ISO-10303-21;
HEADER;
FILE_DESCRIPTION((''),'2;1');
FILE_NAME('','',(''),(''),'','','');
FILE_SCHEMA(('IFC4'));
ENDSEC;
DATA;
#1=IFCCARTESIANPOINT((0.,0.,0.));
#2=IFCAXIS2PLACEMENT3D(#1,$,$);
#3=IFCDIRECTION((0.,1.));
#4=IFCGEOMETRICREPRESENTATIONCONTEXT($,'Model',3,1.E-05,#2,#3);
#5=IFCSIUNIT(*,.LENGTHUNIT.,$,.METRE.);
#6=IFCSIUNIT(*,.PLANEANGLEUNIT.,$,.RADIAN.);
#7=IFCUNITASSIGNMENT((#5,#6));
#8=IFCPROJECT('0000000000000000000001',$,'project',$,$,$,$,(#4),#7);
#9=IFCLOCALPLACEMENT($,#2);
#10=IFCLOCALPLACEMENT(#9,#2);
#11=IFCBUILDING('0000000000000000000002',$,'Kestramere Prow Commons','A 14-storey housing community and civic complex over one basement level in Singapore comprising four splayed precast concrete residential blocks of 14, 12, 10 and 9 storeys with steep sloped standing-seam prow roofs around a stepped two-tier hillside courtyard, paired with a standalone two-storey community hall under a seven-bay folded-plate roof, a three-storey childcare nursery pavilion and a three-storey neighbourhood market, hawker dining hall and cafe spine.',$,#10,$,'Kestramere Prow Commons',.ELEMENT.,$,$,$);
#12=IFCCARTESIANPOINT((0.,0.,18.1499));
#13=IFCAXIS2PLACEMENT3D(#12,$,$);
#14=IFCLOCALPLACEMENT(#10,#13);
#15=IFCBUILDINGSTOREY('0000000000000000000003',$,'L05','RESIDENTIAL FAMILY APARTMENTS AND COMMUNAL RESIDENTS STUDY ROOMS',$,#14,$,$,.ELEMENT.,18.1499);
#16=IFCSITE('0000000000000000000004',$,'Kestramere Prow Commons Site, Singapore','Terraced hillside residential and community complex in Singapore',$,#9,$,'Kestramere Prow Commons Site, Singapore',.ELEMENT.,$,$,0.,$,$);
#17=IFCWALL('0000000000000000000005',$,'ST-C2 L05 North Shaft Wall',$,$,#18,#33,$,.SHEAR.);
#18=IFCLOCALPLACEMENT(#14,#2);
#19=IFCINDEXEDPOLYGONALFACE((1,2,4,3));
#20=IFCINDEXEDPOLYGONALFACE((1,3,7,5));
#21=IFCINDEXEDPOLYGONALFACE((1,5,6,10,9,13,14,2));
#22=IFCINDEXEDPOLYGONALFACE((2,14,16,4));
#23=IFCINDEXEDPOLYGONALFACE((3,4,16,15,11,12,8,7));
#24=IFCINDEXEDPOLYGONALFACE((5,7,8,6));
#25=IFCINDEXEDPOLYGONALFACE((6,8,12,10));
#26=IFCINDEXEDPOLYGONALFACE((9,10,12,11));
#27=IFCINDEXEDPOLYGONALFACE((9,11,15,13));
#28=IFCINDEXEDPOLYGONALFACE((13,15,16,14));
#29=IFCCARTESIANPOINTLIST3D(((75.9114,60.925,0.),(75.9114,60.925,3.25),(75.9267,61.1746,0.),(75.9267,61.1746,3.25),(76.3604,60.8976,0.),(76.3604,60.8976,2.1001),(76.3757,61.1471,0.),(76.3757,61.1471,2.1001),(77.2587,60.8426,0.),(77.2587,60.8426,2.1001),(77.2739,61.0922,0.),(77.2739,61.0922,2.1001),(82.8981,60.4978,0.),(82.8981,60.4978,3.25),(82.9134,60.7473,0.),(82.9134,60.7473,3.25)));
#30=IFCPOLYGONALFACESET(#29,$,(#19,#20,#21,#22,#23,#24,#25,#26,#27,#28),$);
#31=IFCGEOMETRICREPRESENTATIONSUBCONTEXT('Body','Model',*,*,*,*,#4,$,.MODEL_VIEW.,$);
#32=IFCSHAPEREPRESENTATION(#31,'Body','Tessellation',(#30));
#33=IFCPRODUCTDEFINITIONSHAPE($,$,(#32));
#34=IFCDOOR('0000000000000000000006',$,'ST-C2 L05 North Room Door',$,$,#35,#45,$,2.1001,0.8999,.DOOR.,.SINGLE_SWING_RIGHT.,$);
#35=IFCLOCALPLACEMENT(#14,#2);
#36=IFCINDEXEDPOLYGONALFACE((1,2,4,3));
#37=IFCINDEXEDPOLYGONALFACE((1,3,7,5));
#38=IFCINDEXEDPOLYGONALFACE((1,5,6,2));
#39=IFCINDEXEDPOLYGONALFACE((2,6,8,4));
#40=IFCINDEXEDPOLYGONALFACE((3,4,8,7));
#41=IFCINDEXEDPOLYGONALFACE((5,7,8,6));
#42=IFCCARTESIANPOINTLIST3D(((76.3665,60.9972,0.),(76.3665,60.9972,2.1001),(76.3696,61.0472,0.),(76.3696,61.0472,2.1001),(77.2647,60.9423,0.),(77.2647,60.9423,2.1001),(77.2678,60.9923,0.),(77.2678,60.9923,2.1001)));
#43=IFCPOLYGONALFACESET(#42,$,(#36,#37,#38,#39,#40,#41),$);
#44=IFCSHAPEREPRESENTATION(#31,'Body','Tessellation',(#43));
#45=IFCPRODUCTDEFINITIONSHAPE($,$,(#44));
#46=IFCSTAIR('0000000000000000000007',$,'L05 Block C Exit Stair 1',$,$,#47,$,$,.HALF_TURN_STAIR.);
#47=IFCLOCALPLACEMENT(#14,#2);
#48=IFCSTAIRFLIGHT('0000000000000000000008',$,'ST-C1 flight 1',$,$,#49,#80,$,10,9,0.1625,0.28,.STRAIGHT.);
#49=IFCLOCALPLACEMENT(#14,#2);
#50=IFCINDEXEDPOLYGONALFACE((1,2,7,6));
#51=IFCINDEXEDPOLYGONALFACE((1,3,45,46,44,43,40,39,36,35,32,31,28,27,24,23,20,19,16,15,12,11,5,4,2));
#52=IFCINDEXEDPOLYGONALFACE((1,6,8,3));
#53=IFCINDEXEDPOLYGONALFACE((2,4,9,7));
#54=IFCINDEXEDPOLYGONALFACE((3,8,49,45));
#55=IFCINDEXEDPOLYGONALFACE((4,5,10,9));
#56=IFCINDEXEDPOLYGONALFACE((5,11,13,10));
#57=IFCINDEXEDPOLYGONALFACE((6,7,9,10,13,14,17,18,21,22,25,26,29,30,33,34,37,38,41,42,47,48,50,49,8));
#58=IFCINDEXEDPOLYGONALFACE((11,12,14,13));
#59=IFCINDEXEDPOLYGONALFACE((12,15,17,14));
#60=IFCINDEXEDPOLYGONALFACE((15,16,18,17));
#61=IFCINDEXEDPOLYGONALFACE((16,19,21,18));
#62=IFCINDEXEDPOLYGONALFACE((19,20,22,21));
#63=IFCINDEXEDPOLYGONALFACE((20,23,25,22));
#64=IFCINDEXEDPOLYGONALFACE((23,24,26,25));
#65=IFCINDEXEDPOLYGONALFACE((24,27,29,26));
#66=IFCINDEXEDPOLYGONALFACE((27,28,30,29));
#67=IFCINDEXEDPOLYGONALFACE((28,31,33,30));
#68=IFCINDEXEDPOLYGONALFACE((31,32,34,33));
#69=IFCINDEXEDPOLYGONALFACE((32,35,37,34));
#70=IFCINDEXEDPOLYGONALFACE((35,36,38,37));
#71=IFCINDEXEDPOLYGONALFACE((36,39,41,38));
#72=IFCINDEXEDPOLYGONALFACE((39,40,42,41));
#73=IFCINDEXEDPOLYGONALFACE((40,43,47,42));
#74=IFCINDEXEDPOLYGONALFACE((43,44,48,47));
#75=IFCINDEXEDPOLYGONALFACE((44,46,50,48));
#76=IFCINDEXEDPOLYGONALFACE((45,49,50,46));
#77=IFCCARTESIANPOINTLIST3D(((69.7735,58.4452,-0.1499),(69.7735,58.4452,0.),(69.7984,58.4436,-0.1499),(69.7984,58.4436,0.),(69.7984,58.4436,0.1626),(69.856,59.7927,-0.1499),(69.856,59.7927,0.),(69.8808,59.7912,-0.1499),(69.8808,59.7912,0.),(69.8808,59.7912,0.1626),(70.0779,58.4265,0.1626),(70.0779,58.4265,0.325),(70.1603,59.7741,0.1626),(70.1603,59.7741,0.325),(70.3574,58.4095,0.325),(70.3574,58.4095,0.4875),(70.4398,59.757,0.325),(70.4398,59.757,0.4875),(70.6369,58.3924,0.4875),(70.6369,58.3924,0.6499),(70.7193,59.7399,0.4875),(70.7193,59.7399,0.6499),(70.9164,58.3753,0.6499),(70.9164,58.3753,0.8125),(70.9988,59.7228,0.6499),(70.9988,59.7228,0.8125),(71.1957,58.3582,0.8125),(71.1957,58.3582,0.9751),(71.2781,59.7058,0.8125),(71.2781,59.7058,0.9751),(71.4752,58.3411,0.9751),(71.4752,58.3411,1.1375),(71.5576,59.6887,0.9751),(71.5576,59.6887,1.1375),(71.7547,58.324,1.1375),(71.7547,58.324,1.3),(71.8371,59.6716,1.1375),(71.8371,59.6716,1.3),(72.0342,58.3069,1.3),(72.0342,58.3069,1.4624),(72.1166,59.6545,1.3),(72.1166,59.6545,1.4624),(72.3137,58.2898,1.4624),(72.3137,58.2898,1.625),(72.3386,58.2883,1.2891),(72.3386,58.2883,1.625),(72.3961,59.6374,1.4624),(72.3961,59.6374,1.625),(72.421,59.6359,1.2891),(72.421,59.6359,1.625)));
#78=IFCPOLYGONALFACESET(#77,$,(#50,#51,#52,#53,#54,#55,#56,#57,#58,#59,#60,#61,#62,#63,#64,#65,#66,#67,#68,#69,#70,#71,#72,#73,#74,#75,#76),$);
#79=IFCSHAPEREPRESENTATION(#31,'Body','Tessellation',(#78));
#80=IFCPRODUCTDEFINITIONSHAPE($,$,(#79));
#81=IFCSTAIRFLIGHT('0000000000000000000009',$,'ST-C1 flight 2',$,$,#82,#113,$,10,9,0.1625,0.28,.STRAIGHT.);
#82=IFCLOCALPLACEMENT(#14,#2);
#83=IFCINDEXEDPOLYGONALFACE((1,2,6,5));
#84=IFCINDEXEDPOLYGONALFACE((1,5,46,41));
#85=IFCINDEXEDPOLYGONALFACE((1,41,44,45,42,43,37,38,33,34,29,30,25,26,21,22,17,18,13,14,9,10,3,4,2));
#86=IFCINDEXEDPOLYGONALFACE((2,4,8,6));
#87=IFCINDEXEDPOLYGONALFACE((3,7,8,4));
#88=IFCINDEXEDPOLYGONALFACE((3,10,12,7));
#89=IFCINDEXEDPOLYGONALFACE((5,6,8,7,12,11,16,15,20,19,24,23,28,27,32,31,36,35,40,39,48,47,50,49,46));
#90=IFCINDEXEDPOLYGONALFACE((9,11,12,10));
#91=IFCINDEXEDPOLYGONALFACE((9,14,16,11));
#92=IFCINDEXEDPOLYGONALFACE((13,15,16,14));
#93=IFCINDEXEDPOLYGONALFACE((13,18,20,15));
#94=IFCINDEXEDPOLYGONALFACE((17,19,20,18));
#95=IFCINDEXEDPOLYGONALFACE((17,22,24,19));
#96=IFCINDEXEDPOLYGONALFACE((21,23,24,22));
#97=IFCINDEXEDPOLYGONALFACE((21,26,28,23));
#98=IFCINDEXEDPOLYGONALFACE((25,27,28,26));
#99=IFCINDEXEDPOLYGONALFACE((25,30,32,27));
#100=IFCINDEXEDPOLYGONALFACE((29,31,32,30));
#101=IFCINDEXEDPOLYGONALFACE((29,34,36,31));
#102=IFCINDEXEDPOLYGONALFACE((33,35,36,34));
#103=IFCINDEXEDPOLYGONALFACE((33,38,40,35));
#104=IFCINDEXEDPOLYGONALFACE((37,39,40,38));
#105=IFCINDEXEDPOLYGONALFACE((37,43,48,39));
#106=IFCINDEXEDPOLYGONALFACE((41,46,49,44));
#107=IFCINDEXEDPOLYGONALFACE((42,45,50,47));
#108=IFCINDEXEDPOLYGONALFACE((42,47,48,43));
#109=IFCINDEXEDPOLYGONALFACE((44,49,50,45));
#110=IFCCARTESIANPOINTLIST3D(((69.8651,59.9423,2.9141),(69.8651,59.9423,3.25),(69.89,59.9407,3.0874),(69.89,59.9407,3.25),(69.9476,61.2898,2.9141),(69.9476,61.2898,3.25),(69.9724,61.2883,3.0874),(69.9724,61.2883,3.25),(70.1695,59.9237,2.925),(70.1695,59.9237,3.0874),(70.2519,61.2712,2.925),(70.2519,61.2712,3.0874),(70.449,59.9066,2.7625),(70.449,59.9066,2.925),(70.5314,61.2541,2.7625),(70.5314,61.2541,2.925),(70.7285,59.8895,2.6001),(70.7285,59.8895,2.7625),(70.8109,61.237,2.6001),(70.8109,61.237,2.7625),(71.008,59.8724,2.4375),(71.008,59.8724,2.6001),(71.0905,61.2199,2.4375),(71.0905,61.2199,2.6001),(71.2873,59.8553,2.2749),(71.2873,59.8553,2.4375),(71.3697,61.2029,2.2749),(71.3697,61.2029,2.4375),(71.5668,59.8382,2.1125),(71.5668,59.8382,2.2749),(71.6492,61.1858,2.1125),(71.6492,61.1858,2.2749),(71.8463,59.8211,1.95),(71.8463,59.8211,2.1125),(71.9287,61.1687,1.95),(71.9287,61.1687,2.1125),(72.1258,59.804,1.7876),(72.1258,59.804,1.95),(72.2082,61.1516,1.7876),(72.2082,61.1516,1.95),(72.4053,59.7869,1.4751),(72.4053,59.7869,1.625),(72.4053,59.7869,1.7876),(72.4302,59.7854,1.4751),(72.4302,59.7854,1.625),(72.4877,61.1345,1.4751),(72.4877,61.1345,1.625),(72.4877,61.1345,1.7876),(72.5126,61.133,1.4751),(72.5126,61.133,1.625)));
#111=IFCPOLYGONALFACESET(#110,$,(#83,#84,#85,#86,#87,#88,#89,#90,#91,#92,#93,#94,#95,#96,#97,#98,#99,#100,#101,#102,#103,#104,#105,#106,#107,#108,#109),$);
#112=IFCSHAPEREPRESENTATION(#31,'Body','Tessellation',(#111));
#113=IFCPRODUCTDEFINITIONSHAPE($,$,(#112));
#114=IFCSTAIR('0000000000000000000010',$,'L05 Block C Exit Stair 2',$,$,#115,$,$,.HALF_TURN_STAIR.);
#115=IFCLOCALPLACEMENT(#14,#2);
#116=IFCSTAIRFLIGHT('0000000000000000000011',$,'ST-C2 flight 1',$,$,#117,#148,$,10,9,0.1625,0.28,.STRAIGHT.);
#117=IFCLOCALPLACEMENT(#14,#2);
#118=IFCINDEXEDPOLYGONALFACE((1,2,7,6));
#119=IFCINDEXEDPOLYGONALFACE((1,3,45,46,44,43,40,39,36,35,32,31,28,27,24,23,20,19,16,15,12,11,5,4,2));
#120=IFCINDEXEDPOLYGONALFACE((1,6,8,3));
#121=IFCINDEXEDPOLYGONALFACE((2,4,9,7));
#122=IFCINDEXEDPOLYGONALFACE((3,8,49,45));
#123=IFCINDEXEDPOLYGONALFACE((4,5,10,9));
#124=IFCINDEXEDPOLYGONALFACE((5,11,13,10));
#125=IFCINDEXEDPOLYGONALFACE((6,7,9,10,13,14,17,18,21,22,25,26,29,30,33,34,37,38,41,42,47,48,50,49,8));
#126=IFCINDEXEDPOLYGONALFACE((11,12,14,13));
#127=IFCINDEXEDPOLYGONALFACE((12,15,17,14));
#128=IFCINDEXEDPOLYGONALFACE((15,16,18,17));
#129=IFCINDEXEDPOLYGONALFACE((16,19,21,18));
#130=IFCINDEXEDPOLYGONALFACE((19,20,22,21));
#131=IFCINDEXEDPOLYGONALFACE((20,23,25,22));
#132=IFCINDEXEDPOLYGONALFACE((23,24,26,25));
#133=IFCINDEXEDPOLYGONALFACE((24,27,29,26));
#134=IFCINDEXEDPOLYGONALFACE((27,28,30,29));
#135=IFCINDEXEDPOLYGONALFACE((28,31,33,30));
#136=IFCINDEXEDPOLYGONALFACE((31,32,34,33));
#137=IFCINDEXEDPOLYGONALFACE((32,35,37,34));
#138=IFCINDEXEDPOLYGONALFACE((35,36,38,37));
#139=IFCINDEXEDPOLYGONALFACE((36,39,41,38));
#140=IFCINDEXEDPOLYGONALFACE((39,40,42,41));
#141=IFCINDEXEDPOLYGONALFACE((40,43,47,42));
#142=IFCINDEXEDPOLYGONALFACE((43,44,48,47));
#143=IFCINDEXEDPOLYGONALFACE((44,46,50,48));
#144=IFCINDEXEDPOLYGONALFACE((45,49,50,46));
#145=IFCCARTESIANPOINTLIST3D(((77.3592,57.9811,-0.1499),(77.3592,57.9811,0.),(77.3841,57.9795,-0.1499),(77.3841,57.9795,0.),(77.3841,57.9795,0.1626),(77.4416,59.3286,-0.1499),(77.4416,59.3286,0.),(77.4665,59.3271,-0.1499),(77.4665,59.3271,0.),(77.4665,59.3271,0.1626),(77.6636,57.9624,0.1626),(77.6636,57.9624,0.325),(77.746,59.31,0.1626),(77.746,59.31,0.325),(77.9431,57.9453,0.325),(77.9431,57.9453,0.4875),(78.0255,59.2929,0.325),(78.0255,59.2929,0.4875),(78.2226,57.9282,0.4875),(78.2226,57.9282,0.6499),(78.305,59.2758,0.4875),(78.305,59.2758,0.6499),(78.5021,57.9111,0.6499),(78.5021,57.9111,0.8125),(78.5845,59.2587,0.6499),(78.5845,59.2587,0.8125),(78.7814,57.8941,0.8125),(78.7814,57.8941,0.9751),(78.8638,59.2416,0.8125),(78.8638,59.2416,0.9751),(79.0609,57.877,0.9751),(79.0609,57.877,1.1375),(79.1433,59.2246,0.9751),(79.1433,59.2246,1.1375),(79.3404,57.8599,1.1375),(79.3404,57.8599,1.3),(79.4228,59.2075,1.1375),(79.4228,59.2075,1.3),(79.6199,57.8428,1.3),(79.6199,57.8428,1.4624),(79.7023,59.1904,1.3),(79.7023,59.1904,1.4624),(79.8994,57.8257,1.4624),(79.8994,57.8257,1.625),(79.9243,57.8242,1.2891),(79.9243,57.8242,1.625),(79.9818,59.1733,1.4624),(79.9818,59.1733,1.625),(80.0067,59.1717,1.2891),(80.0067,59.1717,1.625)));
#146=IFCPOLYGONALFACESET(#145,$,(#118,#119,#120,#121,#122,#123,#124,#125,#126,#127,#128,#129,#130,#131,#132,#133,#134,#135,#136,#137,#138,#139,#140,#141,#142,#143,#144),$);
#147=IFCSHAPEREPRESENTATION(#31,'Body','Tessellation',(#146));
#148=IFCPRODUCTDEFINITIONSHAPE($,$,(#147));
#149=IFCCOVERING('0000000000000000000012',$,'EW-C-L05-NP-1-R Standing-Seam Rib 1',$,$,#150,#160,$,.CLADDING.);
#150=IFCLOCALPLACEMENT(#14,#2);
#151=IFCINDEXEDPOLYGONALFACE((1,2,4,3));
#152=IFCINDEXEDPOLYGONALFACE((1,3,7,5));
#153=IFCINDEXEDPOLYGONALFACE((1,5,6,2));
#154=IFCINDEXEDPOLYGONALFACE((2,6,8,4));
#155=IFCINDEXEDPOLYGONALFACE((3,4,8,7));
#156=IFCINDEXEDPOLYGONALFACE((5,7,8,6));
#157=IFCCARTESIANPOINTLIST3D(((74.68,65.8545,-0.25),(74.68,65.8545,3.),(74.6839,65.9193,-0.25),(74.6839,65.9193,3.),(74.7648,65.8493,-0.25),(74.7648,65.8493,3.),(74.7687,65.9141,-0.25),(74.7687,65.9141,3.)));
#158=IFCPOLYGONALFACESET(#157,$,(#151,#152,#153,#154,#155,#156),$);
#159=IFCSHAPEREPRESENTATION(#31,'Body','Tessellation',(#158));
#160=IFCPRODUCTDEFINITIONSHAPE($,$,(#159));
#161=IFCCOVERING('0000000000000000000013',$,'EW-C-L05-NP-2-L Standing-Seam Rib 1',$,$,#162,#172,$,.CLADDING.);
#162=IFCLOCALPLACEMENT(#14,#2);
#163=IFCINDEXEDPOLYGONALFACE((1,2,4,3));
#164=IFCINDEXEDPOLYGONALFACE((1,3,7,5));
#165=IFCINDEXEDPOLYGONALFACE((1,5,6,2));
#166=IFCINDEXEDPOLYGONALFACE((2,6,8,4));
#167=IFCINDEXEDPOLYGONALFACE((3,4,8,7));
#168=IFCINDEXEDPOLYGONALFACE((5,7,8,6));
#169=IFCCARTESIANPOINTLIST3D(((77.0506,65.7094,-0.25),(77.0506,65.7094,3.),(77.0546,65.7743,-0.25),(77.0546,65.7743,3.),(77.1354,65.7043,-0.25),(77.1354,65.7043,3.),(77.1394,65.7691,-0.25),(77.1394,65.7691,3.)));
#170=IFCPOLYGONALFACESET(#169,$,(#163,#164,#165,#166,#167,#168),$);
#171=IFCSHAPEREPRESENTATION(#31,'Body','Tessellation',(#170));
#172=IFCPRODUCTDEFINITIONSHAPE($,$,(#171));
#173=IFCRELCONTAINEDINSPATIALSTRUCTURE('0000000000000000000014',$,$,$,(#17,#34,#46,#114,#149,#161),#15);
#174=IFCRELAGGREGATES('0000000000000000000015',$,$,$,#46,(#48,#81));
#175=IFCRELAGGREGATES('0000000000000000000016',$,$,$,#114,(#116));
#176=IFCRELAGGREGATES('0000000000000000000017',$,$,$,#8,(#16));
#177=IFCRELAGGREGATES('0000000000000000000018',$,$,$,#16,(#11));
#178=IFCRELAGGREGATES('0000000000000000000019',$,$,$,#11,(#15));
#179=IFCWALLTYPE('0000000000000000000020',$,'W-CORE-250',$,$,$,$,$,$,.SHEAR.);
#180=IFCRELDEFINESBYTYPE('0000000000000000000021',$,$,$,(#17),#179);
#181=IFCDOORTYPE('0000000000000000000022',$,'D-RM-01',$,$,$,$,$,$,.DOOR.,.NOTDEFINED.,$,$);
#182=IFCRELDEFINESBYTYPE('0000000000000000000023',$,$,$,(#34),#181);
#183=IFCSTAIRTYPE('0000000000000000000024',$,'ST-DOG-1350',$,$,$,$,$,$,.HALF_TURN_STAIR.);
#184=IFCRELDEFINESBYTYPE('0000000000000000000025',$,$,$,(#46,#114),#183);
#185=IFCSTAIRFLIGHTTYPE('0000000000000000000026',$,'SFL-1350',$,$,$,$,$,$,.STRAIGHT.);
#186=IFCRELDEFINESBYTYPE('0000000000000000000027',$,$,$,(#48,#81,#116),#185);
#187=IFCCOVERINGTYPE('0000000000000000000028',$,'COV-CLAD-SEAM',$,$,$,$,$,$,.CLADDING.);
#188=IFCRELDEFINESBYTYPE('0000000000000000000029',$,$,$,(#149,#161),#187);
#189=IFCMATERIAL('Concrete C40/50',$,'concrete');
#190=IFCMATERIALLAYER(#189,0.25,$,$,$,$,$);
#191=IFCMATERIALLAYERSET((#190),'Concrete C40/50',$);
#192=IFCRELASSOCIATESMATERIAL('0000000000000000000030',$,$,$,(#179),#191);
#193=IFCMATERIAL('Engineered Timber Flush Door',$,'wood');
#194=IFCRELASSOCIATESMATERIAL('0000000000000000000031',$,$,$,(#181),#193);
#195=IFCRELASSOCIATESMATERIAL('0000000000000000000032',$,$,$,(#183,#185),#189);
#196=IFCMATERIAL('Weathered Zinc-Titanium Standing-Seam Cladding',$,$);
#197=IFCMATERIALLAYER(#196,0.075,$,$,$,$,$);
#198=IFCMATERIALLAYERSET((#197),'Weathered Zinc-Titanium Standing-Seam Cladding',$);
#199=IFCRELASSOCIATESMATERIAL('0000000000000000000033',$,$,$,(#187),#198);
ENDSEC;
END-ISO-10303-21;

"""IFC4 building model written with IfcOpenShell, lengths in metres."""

from ifc_helpers import new_model, si_unit, direction, frame, frame_2d, origin, origin_2d, place, context, subcontext, project, spatial, polyline, rectangle, outline, extrude, material, layer, layer_set, type_object, element, fill, aggregate, save


model = new_model("IFC4")

# Units and contexts
model_context = context("Model", 3, precision=1e-05, world=origin(), true_north=direction((0.0, 1.0)))
body_context = subcontext(model_context, "Body", "Model", "MODEL_VIEW")
ifc_project = project(units=[si_unit("LENGTHUNIT", "METRE"), si_unit("PLANEANGLEUNIT", "RADIAN")], contexts=[model_context])

# Site, building, storey
site_placement = place(None, origin())
site = spatial("IfcSite", under=ifc_project, at=site_placement, Name="Kestramere Prow Commons Site, Singapore", Description="Terraced hillside residential and community complex in Singapore", LongName="Kestramere Prow Commons Site, Singapore", CompositionType="ELEMENT", RefElevation=0.0)
building_placement = place(site_placement, origin())
building = spatial("IfcBuilding", under=site, at=building_placement, Name="Kestramere Prow Commons", Description="A 14-storey housing community and civic complex over one basement level in Singapore comprising four splayed precast concrete residential blocks of 14, 12, 10 and 9 storeys with steep sloped standing-seam prow roofs around a stepped two-tier hillside courtyard, paired with a standalone two-storey community hall under a seven-bay folded-plate roof, a three-storey childcare nursery pavilion and a three-storey neighbourhood market, hawker dining hall and cafe spine.", LongName="Kestramere Prow Commons", CompositionType="ELEMENT")
storey_placement = place(building_placement, frame((0.0, 0.0, 18.1499)))
storey = spatial("IfcBuildingStorey", under=building, at=storey_placement, Name="L05", Description="RESIDENTIAL FAMILY APARTMENTS AND COMMUNAL RESIDENTS STUDY ROOMS", CompositionType="ELEMENT", Elevation=18.1499)

# Wall, opening, door
ifc_material_1 = material(Name="Concrete C40/50", Category="concrete")
ifc_layer_1 = layer(ifc_material_1, 0.25)
ifc_layer_set_1 = layer_set([ifc_layer_1], Name="Concrete C40/50")
wall_type_1 = type_object("IfcWallType", Name="W-CORE-250", PredefinedType="SHEAR", material=ifc_layer_set_1)
wall_1_placement = place(storey_placement, frame((75.9189, 61.0498, 0.0), z_axis=(0.0, 0.0, 1.0), x_axis=(0.998136, -0.061036, 0.0)))
wall_1 = element("IfcWall", 1, at=wall_1_placement, inside=storey, type_object=wall_type_1, Name="ST-C2 L05 North Shaft Wall", PredefinedType="SHEAR", context=body_context, shape_type="SweptSolid", body=[
    extrude(rectangle(XDim=6.9998, YDim=0.25, at=frame_2d((3.5, 0.0))), origin(), (0.0, 0.0, 1.0), 3.25),
])
opening_placement = place(wall_1_placement, frame((0.45, 0.0, 0.0)))
opening = element("IfcOpeningElement", 2, at=opening_placement, cuts=wall_1, PredefinedType="OPENING", context=body_context, shape_type="SweptSolid", body=[
    extrude(rectangle(XDim=0.8999, YDim=2.1001, at=frame_2d((0.45, 1.05))), frame((0.0, 0.1399, 0.0), z_axis=(0.0, -1.0, 0.0), x_axis=(1.0, 0.0, 0.0)), (0.0, 0.0, 1.0), 0.28),
])
ifc_material_2 = material(Name="Engineered Timber Flush Door", Category="wood")
door_type = type_object("IfcDoorType", Name="D-RM-01", OperationType="NOTDEFINED", PredefinedType="DOOR", material=ifc_material_2)
door_placement = place(opening_placement, origin())
door = element("IfcDoor", 3, at=door_placement, inside=storey, type_object=door_type, Name="ST-C2 L05 North Room Door", OperationType="SINGLE_SWING_RIGHT", OverallHeight=2.1001, OverallWidth=0.8999, PredefinedType="DOOR", context=body_context, shape_type="SweptSolid", body=[
    extrude(rectangle(XDim=0.8999, YDim=2.1001, at=frame_2d((0.45, 1.05))), frame((0.0, 0.0249, 0.0), z_axis=(0.0, -1.0, 0.0), x_axis=(1.0, 0.0, 0.0)), (0.0, 0.0, 1.0), 0.05),
])
fill(opening, door)

# Stair, stair flights
stair_type = type_object("IfcStairType", Name="ST-DOG-1350", PredefinedType="HALF_TURN_STAIR", material=ifc_material_1)
stair_1_placement = place(storey_placement, origin())
stair_1 = element("IfcStair", 4, at=stair_1_placement, inside=storey, type_object=stair_type, Name="L05 Block C Exit Stair 1", PredefinedType="HALF_TURN_STAIR")
stair_flight_type = type_object("IfcStairFlightType", Name="SFL-1350", PredefinedType="STRAIGHT", material=ifc_material_1)
stair_flight_1_placement = place(storey_placement, frame((69.8396, 59.1174, 0.0), z_axis=(0.0, 0.0, 1.0), x_axis=(0.998135, -0.061049, 0.0)))
stair_flight_1 = element("IfcStairFlight", 5, at=stair_flight_1_placement, type_object=stair_flight_type, Name="ST-C1 flight 1", NumberOfRisers=10, NumberOfTreads=9, PredefinedType="STRAIGHT", RiserHeight=0.1625, TreadLength=0.28, context=body_context, shape_type="SweptSolid", body=[
    extrude(outline(polyline([(-0.0249, 0.0), (0.0, 0.0), (0.0, 0.1626), (0.28, 0.1626), (0.28, 0.325), (0.5601, 0.325), (0.5601, 0.4875), (0.8401, 0.4875), (0.8401, 0.6499), (1.1201, 0.6499), (1.1201, 0.8125), (1.3999, 0.8125), (1.3999, 0.9751), (1.6799, 0.9751), (1.6799, 1.1375), (1.96, 1.1375), (1.96, 1.3), (2.24, 1.3), (2.24, 1.4624), (2.52, 1.4624), (2.52, 1.625), (2.5449, 1.625), (2.5449, 1.2891), (0.0, -0.1499), (-0.0249, -0.1499), (-0.0249, 0.0)])), frame((0.0, 0.675, 0.0), z_axis=(0.0, -1.0, 0.0), x_axis=(1.0, 0.0, 0.0)), (0.0, 0.0, 1.0), 1.3501),
])
stair_flight_2_placement = place(storey_placement, frame((72.4465, 60.4607, 1.625), z_axis=(0.0, 0.0, 1.0), x_axis=(-0.998135, 0.061049, 0.0)))
stair_flight_2 = element("IfcStairFlight", 6, at=stair_flight_2_placement, type_object=stair_flight_type, Name="ST-C1 flight 2", NumberOfRisers=10, NumberOfTreads=9, PredefinedType="STRAIGHT", RiserHeight=0.1625, TreadLength=0.28, context=body_context, shape_type="SweptSolid", body=[
    extrude(outline(polyline([(-0.0249, 0.0), (0.0, 0.0), (0.0, 0.1626), (0.28, 0.1626), (0.28, 0.325), (0.5601, 0.325), (0.5601, 0.4875), (0.8401, 0.4875), (0.8401, 0.6499), (1.1201, 0.6499), (1.1201, 0.8125), (1.3999, 0.8125), (1.3999, 0.9751), (1.6799, 0.9751), (1.6799, 1.1375), (1.96, 1.1375), (1.96, 1.3), (2.24, 1.3), (2.24, 1.4624), (2.52, 1.4624), (2.52, 1.625), (2.5449, 1.625), (2.5449, 1.2891), (0.0, -0.1499), (-0.0249, -0.1499), (-0.0249, 0.0)])), frame((0.0, 0.675, 0.0), z_axis=(0.0, -1.0, 0.0), x_axis=(1.0, 0.0, 0.0)), (0.0, 0.0, 1.0), 1.3501),
])
aggregate(stair_1, [stair_flight_1, stair_flight_2])

# Stair, stair flight
stair_2_placement = place(storey_placement, origin())
stair_2 = element("IfcStair", 7, at=stair_2_placement, inside=storey, type_object=stair_type, Name="L05 Block C Exit Stair 2", PredefinedType="HALF_TURN_STAIR")
stair_flight_3_placement = place(storey_placement, frame((77.4253, 58.6533, 0.0), z_axis=(0.0, 0.0, 1.0), x_axis=(0.998135, -0.061049, 0.0)))
stair_flight_3 = element("IfcStairFlight", 8, at=stair_flight_3_placement, type_object=stair_flight_type, Name="ST-C2 flight 1", NumberOfRisers=10, NumberOfTreads=9, PredefinedType="STRAIGHT", RiserHeight=0.1625, TreadLength=0.28, context=body_context, shape_type="SweptSolid", body=[
    extrude(outline(polyline([(-0.0249, 0.0), (0.0, 0.0), (0.0, 0.1626), (0.28, 0.1626), (0.28, 0.325), (0.5601, 0.325), (0.5601, 0.4875), (0.8401, 0.4875), (0.8401, 0.6499), (1.1201, 0.6499), (1.1201, 0.8125), (1.3999, 0.8125), (1.3999, 0.9751), (1.6799, 0.9751), (1.6799, 1.1375), (1.96, 1.1375), (1.96, 1.3), (2.24, 1.3), (2.24, 1.4624), (2.52, 1.4624), (2.52, 1.625), (2.5449, 1.625), (2.5449, 1.2891), (0.0, -0.1499), (-0.0249, -0.1499), (-0.0249, 0.0)])), frame((0.0, 0.675, 0.0), z_axis=(0.0, -1.0, 0.0), x_axis=(1.0, 0.0, 0.0)), (0.0, 0.0, 1.0), 1.3501),
])
aggregate(stair_2, [stair_flight_3])

# Coverings
ifc_material_3 = material(Name="Weathered Zinc-Titanium Standing-Seam Cladding")
ifc_layer_2 = layer(ifc_material_3, 0.075)
ifc_layer_set_2 = layer_set([ifc_layer_2], Name="Weathered Zinc-Titanium Standing-Seam Cladding")
covering_type = type_object("IfcCoveringType", Name="COV-CLAD-SEAM", PredefinedType="CLADDING", material=ifc_layer_set_2)
for number, where, z_axis, x_axis, name in (
    (9, (74.7244, 65.8843, -0.25), (0.0, 0.0, 1.0), (0.998135, -0.061049, 0.0), "EW-C-L05-NP-1-R Standing-Seam Rib 1"),
    (10, (77.095, 65.7393, -0.25), (0.0, 0.0, 1.0), (0.998135, -0.061049, 0.0), "EW-C-L05-NP-2-L Standing-Seam Rib 1"),
):
    element("IfcCovering", number, at=place(storey_placement, frame(where, z_axis=z_axis, x_axis=x_axis)), inside=storey, type_object=covering_type, Name=name, PredefinedType="CLADDING", context=body_context, shape_type="SweptSolid", body=[
        extrude(rectangle(XDim=0.085, YDim=0.0649, at=origin_2d()), origin(), (0.0, 0.0, 1.0), 3.25),
    ])

save(model, "model.ifc")
